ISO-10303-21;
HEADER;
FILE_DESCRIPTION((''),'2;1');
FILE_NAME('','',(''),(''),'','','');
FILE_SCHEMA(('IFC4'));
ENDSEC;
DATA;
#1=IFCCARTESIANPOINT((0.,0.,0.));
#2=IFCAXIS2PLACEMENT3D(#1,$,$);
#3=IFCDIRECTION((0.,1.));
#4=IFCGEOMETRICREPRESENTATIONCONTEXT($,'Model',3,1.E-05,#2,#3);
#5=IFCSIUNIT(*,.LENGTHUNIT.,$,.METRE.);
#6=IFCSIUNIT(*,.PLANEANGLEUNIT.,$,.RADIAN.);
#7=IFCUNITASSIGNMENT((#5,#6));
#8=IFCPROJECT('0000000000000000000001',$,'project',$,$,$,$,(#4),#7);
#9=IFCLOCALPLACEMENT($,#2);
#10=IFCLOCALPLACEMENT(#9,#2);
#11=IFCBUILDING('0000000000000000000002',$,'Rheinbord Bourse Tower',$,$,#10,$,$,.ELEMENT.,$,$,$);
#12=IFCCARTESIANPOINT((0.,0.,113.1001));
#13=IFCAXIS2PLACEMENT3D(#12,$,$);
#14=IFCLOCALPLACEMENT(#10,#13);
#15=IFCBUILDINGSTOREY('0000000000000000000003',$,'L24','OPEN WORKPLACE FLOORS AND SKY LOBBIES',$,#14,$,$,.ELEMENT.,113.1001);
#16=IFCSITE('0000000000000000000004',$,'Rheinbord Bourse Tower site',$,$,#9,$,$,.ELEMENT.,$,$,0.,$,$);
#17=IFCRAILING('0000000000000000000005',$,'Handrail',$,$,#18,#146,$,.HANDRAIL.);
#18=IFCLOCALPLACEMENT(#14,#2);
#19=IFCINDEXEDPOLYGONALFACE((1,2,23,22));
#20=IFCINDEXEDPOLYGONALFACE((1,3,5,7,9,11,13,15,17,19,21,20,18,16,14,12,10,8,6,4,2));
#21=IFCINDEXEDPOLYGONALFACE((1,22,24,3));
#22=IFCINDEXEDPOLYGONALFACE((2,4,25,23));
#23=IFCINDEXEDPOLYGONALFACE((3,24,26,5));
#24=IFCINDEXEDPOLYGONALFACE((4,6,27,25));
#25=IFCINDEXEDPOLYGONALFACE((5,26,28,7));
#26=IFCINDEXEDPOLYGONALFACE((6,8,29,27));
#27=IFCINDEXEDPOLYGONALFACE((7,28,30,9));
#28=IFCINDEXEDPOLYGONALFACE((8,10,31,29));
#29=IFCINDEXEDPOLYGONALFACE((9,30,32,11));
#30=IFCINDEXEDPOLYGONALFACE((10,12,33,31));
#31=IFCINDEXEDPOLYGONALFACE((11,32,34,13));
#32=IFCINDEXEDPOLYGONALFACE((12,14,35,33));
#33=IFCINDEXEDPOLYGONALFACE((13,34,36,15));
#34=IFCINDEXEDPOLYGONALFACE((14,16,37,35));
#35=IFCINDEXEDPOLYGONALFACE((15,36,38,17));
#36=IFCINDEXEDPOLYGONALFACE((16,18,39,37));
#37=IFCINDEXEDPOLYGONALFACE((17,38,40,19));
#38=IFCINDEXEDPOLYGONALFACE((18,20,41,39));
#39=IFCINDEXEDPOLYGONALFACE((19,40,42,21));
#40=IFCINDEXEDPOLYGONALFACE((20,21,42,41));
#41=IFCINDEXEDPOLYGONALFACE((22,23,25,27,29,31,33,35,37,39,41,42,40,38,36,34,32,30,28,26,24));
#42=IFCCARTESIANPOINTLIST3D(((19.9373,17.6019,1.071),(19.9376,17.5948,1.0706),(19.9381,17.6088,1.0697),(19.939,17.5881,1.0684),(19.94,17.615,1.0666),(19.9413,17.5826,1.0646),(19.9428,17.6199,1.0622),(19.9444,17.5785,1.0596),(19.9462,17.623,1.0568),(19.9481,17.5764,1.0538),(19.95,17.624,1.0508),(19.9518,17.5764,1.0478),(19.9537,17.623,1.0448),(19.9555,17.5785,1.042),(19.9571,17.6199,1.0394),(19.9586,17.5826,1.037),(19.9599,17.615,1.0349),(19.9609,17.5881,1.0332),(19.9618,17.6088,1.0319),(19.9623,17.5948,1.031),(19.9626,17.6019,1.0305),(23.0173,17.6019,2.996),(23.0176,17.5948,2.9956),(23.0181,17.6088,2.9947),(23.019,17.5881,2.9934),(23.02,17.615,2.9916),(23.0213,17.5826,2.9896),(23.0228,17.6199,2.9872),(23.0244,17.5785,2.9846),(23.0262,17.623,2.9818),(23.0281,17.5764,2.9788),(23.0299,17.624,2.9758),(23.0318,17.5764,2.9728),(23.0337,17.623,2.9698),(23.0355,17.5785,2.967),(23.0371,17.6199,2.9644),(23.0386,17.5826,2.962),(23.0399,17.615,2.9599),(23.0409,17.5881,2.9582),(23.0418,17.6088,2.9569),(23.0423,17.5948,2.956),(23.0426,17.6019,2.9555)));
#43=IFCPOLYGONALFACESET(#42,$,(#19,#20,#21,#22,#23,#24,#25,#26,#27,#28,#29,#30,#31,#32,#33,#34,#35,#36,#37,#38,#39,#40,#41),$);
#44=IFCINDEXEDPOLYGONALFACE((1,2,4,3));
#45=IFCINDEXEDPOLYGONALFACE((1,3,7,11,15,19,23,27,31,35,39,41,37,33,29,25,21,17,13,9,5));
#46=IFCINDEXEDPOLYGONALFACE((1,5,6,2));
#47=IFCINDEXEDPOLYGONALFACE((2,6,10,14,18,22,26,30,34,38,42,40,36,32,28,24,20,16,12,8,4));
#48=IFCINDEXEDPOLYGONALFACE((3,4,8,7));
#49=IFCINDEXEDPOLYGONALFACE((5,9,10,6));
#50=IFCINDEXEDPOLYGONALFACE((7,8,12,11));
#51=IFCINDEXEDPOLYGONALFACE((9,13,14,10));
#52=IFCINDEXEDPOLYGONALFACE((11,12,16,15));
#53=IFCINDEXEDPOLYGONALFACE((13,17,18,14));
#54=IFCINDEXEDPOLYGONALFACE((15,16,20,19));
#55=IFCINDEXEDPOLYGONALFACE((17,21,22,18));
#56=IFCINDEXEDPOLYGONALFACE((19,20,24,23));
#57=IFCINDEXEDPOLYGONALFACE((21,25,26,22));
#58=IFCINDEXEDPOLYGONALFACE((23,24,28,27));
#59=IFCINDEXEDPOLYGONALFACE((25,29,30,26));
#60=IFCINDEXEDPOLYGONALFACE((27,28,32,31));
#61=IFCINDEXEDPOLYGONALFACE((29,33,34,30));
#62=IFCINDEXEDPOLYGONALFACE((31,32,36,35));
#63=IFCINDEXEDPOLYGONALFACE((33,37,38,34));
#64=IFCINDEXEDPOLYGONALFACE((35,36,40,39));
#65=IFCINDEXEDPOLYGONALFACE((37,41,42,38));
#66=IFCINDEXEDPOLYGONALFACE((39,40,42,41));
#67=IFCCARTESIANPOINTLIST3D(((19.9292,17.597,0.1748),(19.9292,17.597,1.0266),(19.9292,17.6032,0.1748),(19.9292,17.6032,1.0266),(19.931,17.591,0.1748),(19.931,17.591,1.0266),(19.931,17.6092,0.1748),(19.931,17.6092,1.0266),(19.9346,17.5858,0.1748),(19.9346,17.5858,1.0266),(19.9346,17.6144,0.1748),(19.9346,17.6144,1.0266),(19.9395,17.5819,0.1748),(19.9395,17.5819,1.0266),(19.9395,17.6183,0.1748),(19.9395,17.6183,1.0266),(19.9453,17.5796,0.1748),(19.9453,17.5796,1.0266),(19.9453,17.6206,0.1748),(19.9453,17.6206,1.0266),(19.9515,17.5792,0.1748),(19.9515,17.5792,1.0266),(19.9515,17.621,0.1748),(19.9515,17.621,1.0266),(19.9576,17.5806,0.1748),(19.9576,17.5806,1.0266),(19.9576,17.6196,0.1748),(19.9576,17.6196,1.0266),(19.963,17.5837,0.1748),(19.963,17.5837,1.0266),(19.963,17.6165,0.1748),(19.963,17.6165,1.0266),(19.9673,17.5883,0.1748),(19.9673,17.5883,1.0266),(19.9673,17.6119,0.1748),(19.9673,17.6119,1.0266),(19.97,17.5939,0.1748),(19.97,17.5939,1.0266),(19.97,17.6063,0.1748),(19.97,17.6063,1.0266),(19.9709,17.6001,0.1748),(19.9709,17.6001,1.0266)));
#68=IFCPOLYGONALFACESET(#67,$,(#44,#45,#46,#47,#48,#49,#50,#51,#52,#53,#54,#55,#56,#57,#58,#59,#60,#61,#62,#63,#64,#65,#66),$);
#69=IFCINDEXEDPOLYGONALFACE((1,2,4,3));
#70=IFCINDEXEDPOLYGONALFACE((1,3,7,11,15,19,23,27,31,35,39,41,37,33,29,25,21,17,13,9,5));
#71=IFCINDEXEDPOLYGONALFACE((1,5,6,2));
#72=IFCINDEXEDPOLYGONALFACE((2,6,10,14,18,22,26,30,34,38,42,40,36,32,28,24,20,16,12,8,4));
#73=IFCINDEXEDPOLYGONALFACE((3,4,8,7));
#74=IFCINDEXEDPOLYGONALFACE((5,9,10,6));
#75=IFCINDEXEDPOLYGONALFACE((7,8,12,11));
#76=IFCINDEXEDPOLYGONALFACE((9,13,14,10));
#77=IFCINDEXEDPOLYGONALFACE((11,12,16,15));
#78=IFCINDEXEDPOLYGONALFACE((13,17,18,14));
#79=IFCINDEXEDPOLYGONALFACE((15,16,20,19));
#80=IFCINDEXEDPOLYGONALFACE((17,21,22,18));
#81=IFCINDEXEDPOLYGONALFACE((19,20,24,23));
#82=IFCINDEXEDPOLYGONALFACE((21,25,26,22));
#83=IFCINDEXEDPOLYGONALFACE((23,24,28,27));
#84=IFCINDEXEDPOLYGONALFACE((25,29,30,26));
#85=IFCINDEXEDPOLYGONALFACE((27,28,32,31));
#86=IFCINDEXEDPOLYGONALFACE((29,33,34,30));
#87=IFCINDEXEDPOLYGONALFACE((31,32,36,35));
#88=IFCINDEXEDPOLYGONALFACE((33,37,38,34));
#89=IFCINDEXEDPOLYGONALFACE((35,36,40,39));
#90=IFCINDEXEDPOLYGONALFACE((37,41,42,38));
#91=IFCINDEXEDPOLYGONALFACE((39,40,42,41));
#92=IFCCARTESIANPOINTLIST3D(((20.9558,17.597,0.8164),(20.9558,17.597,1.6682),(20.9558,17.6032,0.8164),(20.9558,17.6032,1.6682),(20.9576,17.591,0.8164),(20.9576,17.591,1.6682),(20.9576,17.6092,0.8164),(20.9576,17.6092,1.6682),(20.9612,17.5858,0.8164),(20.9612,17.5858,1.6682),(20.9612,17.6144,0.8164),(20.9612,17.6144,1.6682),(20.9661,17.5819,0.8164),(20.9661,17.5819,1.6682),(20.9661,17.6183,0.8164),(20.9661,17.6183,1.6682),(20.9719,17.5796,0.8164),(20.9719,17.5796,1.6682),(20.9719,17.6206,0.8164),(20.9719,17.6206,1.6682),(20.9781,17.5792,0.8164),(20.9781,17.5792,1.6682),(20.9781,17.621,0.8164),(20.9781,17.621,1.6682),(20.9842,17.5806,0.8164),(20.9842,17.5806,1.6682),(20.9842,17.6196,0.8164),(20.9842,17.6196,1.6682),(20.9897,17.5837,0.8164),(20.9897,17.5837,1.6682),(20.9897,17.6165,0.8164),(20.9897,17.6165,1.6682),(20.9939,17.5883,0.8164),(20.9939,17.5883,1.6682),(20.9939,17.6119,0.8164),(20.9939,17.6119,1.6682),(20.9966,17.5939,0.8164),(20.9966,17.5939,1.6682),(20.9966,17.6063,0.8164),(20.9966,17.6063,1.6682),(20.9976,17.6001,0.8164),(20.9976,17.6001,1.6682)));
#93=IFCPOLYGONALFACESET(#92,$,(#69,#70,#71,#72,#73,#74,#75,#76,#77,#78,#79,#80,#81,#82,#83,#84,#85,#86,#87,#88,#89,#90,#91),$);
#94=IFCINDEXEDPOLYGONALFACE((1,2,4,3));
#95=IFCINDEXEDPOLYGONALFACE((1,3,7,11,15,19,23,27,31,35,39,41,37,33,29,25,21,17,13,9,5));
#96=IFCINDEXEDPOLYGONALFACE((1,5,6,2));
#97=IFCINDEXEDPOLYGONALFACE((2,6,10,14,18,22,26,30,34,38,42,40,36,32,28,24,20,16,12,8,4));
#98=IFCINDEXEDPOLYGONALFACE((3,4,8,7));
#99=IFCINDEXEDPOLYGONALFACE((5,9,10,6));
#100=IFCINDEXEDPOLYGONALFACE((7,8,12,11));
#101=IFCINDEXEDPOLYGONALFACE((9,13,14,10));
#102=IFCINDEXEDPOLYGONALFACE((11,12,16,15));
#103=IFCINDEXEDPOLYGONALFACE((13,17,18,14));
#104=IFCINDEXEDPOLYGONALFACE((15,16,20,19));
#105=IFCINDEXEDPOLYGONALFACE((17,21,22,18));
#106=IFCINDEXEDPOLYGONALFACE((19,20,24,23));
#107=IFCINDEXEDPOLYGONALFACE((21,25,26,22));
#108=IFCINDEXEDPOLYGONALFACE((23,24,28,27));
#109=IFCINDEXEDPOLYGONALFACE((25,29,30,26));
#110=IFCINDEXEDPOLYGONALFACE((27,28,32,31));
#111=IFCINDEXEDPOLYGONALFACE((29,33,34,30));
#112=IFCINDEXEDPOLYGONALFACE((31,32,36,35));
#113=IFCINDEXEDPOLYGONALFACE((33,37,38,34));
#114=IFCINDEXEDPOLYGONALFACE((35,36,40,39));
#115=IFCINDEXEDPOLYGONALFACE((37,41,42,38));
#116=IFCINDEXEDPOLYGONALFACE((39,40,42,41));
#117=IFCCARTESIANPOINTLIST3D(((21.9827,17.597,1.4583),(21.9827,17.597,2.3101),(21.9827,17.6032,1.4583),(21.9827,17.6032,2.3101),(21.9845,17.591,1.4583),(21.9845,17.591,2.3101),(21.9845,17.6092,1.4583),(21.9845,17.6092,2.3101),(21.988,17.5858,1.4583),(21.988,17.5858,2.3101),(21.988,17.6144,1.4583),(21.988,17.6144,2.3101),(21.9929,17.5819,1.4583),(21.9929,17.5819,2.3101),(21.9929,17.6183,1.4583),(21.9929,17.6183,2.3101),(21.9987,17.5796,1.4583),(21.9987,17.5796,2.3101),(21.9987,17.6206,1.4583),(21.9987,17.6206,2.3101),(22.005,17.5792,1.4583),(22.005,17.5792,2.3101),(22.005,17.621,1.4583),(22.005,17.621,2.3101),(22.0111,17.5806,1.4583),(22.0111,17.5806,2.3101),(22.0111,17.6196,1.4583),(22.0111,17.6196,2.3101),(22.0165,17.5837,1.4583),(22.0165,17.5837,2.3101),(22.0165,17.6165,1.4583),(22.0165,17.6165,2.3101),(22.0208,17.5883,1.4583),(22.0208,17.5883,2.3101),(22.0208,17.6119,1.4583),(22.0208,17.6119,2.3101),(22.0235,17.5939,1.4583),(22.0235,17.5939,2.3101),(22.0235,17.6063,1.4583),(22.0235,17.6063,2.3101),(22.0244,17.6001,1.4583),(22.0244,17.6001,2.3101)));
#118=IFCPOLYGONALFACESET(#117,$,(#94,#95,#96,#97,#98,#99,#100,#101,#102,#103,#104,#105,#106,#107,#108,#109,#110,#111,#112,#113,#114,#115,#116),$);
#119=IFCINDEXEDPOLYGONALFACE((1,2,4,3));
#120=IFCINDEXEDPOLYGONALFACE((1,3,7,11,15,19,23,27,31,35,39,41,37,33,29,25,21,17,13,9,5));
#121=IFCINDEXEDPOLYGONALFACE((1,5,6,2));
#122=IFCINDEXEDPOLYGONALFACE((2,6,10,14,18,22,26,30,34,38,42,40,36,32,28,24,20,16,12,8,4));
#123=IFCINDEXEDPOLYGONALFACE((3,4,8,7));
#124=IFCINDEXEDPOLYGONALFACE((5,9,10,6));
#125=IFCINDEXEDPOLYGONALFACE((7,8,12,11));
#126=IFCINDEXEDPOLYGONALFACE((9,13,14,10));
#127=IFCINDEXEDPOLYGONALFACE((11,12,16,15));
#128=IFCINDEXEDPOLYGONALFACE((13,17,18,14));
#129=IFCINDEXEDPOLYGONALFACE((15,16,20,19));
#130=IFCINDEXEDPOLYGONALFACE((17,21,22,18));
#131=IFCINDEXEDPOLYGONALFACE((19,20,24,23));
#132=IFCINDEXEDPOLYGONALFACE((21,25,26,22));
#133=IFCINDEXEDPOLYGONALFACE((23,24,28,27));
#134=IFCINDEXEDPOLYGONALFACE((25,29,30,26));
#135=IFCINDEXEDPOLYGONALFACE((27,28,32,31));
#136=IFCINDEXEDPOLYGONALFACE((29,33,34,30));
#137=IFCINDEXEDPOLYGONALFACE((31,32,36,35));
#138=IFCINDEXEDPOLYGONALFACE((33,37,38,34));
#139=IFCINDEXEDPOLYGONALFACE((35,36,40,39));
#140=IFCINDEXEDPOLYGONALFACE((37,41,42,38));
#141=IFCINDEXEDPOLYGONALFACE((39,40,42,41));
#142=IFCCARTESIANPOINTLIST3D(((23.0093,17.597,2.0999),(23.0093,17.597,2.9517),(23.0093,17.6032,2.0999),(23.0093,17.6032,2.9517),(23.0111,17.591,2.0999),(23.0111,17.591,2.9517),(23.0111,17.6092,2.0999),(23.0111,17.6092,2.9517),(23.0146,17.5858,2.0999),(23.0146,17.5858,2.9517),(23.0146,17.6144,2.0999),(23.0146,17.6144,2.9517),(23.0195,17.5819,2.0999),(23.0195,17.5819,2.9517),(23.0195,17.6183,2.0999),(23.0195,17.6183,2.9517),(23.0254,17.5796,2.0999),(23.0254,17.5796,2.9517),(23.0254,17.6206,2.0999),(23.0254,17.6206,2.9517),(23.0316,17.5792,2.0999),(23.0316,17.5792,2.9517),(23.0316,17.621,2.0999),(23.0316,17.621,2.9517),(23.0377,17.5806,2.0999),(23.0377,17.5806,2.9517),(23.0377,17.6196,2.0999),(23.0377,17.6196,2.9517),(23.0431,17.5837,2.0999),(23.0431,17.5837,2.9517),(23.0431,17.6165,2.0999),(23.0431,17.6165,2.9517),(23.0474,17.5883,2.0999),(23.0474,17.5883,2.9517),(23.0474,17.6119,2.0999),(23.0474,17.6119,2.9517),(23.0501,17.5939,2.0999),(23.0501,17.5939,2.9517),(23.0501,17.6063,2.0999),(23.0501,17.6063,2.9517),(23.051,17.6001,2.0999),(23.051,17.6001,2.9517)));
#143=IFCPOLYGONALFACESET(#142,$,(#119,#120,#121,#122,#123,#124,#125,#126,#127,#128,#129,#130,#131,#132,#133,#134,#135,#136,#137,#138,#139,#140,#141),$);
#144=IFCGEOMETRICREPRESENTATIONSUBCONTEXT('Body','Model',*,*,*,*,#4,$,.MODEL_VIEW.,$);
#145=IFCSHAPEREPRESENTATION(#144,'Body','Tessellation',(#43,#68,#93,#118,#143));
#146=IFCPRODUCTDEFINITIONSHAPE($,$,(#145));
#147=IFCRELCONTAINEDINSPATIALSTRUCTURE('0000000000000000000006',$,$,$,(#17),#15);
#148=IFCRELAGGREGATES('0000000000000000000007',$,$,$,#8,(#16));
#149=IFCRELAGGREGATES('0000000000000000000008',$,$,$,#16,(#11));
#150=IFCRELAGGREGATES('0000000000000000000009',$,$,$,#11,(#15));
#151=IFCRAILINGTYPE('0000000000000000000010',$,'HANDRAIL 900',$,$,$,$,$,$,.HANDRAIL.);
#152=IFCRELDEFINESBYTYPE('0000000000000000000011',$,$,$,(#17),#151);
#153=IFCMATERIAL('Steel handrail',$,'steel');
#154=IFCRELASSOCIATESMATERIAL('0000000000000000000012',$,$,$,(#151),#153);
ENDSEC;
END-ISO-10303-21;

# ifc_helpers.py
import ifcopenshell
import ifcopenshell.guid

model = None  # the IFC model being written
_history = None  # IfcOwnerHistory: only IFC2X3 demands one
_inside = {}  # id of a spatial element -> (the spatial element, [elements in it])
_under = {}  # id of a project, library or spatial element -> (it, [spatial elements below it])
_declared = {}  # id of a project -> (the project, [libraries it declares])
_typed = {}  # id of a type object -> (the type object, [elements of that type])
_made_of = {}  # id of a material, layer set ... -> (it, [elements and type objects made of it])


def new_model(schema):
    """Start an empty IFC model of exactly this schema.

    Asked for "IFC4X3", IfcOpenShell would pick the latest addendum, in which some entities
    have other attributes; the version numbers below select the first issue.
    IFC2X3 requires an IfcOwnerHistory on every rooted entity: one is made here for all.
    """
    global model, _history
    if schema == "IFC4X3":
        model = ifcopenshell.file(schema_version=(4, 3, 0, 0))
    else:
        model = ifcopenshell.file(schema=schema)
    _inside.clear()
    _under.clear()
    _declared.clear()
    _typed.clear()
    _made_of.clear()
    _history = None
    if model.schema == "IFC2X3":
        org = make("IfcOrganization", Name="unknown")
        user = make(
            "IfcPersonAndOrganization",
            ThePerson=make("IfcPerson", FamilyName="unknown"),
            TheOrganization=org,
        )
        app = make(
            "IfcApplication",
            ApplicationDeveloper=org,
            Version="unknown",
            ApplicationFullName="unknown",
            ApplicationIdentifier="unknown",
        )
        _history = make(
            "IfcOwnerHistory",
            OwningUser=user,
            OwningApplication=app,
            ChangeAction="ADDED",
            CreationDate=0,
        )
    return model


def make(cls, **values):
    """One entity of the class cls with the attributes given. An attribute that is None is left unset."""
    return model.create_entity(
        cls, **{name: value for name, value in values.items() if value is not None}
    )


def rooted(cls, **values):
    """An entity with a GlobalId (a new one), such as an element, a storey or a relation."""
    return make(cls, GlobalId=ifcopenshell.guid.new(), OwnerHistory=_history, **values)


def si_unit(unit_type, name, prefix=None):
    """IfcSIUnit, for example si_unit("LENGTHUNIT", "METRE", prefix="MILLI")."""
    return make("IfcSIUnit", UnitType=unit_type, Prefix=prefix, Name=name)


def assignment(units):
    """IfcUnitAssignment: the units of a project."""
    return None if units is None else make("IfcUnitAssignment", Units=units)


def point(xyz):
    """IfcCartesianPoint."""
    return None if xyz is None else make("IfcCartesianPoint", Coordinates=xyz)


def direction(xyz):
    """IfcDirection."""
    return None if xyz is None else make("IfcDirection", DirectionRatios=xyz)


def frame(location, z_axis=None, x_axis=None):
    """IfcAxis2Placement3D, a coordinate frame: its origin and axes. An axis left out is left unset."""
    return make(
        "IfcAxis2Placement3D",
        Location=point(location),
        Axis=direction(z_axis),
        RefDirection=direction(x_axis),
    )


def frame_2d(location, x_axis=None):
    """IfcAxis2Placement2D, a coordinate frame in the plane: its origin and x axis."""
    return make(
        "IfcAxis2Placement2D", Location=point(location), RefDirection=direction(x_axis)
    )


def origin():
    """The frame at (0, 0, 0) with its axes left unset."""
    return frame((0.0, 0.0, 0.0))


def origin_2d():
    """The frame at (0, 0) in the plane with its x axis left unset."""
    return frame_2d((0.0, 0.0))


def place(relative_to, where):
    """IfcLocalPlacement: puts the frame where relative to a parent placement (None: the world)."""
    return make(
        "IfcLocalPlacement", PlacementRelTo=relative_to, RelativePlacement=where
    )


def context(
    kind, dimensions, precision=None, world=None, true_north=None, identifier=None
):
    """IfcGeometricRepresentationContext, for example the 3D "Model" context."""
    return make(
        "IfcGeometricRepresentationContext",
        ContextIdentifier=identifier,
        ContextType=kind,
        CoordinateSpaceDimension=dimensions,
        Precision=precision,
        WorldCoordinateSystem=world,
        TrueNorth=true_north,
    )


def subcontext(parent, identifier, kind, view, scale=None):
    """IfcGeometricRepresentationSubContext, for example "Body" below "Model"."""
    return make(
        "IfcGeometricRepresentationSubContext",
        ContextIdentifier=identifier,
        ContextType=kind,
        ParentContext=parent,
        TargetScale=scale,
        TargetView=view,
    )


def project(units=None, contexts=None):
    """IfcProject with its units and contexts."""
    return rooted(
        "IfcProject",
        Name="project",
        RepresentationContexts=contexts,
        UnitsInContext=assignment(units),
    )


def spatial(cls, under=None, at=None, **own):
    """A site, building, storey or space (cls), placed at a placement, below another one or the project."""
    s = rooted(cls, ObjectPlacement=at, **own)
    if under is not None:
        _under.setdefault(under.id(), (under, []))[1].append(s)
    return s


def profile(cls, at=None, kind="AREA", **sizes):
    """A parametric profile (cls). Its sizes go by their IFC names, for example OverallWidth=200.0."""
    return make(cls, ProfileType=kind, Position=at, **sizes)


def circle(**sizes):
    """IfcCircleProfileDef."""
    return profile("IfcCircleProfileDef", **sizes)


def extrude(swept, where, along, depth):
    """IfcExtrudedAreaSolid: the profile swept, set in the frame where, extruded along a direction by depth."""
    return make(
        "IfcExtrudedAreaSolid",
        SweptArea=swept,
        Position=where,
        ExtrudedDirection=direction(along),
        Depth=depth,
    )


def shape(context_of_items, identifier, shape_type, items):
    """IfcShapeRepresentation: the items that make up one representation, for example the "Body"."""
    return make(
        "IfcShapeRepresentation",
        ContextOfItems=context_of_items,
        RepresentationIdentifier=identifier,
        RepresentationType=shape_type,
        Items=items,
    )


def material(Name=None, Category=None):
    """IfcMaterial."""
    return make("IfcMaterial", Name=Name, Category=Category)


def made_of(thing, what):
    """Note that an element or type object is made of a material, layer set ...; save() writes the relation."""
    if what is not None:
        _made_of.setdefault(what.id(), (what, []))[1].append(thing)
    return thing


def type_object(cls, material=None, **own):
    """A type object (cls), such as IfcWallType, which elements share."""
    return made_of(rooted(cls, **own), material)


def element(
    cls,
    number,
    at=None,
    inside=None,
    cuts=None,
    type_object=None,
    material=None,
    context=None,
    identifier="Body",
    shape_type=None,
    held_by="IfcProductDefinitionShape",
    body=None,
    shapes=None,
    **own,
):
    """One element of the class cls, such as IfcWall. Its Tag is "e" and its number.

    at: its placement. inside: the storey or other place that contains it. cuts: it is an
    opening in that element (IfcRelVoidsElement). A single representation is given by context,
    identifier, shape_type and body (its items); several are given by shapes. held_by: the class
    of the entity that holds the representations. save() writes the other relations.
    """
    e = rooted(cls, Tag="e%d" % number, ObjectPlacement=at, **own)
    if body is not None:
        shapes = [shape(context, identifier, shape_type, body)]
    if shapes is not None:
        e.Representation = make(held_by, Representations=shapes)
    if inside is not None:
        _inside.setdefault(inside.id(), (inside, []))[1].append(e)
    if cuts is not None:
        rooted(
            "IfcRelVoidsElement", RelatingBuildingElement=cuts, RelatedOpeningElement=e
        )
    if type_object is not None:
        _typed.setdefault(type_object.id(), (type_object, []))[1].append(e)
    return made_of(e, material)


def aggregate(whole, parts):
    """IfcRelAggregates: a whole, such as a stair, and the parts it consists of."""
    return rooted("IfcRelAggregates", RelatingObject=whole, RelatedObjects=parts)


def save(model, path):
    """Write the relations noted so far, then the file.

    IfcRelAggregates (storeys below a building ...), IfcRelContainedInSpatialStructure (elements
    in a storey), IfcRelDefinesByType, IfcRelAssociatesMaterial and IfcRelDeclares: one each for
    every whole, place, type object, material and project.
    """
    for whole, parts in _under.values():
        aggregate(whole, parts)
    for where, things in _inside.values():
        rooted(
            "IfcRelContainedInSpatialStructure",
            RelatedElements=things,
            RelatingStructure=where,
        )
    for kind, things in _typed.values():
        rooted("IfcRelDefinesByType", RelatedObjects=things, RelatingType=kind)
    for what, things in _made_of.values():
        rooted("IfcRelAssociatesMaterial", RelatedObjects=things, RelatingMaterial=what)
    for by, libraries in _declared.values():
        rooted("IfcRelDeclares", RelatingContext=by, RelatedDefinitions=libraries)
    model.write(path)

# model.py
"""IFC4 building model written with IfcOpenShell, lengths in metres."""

from ifc_helpers import new_model, si_unit, direction, frame, origin, origin_2d, place, context, subcontext, project, spatial, circle, extrude, material, type_object, element, save


model = new_model("IFC4")

# Units and contexts
model_context = context("Model", 3, precision=1e-05, world=origin(), true_north=direction((0.0, 1.0)))
body_context = subcontext(model_context, "Body", "Model", "MODEL_VIEW")
ifc_project = project(units=[si_unit("LENGTHUNIT", "METRE"), si_unit("PLANEANGLEUNIT", "RADIAN")], contexts=[model_context])

# Site, building, storey
site_placement = place(None, origin())
site = spatial("IfcSite", under=ifc_project, at=site_placement, Name="Rheinbord Bourse Tower site", CompositionType="ELEMENT", RefElevation=0.0)
building_placement = place(site_placement, origin())
building = spatial("IfcBuilding", under=site, at=building_placement, Name="Rheinbord Bourse Tower", CompositionType="ELEMENT")
storey_placement = place(building_placement, frame((0.0, 0.0, 113.1001)))
storey = spatial("IfcBuildingStorey", under=building, at=storey_placement, Name="L24", Description="OPEN WORKPLACE FLOORS AND SKY LOBBIES", CompositionType="ELEMENT", Elevation=113.1001)

# Railing
ifc_material_1 = material(Name="Steel handrail", Category="steel")
railing_type = type_object("IfcRailingType", Name="HANDRAIL 900", PredefinedType="HANDRAIL", material=ifc_material_1)
railing_1_placement = place(storey_placement, frame((19.95, 17.6001, 0.1748)))
element("IfcRailing", 1, at=railing_1_placement, inside=storey, type_object=railing_type, Name="Handrail", PredefinedType="HANDRAIL", context=body_context, shape_type="SweptSolid", body=[
    extrude(circle(Radius=0.0239, at=origin_2d()), frame((0.0, 0.0, 0.876), z_axis=(0.847998, 0.0, 0.529999), x_axis=(0.0, 1.0, 0.0)), (0.0, 0.0, 1.0), 3.6321),
    extrude(circle(Radius=0.021, at=origin_2d()), origin(), (0.0, 0.0, 1.0), 0.8518),
    extrude(circle(Radius=0.021, at=origin_2d()), frame((1.0266, 0.0, 0.6416)), (0.0, 0.0, 1.0), 0.8518),
    extrude(circle(Radius=0.021, at=origin_2d()), frame((2.0535, 0.0, 1.2834)), (0.0, 0.0, 1.0), 0.8518),
    extrude(circle(Radius=0.021, at=origin_2d()), frame((3.0801, 0.0, 1.925)), (0.0, 0.0, 1.0), 0.8518),
])

save(model, "model.ifc")
